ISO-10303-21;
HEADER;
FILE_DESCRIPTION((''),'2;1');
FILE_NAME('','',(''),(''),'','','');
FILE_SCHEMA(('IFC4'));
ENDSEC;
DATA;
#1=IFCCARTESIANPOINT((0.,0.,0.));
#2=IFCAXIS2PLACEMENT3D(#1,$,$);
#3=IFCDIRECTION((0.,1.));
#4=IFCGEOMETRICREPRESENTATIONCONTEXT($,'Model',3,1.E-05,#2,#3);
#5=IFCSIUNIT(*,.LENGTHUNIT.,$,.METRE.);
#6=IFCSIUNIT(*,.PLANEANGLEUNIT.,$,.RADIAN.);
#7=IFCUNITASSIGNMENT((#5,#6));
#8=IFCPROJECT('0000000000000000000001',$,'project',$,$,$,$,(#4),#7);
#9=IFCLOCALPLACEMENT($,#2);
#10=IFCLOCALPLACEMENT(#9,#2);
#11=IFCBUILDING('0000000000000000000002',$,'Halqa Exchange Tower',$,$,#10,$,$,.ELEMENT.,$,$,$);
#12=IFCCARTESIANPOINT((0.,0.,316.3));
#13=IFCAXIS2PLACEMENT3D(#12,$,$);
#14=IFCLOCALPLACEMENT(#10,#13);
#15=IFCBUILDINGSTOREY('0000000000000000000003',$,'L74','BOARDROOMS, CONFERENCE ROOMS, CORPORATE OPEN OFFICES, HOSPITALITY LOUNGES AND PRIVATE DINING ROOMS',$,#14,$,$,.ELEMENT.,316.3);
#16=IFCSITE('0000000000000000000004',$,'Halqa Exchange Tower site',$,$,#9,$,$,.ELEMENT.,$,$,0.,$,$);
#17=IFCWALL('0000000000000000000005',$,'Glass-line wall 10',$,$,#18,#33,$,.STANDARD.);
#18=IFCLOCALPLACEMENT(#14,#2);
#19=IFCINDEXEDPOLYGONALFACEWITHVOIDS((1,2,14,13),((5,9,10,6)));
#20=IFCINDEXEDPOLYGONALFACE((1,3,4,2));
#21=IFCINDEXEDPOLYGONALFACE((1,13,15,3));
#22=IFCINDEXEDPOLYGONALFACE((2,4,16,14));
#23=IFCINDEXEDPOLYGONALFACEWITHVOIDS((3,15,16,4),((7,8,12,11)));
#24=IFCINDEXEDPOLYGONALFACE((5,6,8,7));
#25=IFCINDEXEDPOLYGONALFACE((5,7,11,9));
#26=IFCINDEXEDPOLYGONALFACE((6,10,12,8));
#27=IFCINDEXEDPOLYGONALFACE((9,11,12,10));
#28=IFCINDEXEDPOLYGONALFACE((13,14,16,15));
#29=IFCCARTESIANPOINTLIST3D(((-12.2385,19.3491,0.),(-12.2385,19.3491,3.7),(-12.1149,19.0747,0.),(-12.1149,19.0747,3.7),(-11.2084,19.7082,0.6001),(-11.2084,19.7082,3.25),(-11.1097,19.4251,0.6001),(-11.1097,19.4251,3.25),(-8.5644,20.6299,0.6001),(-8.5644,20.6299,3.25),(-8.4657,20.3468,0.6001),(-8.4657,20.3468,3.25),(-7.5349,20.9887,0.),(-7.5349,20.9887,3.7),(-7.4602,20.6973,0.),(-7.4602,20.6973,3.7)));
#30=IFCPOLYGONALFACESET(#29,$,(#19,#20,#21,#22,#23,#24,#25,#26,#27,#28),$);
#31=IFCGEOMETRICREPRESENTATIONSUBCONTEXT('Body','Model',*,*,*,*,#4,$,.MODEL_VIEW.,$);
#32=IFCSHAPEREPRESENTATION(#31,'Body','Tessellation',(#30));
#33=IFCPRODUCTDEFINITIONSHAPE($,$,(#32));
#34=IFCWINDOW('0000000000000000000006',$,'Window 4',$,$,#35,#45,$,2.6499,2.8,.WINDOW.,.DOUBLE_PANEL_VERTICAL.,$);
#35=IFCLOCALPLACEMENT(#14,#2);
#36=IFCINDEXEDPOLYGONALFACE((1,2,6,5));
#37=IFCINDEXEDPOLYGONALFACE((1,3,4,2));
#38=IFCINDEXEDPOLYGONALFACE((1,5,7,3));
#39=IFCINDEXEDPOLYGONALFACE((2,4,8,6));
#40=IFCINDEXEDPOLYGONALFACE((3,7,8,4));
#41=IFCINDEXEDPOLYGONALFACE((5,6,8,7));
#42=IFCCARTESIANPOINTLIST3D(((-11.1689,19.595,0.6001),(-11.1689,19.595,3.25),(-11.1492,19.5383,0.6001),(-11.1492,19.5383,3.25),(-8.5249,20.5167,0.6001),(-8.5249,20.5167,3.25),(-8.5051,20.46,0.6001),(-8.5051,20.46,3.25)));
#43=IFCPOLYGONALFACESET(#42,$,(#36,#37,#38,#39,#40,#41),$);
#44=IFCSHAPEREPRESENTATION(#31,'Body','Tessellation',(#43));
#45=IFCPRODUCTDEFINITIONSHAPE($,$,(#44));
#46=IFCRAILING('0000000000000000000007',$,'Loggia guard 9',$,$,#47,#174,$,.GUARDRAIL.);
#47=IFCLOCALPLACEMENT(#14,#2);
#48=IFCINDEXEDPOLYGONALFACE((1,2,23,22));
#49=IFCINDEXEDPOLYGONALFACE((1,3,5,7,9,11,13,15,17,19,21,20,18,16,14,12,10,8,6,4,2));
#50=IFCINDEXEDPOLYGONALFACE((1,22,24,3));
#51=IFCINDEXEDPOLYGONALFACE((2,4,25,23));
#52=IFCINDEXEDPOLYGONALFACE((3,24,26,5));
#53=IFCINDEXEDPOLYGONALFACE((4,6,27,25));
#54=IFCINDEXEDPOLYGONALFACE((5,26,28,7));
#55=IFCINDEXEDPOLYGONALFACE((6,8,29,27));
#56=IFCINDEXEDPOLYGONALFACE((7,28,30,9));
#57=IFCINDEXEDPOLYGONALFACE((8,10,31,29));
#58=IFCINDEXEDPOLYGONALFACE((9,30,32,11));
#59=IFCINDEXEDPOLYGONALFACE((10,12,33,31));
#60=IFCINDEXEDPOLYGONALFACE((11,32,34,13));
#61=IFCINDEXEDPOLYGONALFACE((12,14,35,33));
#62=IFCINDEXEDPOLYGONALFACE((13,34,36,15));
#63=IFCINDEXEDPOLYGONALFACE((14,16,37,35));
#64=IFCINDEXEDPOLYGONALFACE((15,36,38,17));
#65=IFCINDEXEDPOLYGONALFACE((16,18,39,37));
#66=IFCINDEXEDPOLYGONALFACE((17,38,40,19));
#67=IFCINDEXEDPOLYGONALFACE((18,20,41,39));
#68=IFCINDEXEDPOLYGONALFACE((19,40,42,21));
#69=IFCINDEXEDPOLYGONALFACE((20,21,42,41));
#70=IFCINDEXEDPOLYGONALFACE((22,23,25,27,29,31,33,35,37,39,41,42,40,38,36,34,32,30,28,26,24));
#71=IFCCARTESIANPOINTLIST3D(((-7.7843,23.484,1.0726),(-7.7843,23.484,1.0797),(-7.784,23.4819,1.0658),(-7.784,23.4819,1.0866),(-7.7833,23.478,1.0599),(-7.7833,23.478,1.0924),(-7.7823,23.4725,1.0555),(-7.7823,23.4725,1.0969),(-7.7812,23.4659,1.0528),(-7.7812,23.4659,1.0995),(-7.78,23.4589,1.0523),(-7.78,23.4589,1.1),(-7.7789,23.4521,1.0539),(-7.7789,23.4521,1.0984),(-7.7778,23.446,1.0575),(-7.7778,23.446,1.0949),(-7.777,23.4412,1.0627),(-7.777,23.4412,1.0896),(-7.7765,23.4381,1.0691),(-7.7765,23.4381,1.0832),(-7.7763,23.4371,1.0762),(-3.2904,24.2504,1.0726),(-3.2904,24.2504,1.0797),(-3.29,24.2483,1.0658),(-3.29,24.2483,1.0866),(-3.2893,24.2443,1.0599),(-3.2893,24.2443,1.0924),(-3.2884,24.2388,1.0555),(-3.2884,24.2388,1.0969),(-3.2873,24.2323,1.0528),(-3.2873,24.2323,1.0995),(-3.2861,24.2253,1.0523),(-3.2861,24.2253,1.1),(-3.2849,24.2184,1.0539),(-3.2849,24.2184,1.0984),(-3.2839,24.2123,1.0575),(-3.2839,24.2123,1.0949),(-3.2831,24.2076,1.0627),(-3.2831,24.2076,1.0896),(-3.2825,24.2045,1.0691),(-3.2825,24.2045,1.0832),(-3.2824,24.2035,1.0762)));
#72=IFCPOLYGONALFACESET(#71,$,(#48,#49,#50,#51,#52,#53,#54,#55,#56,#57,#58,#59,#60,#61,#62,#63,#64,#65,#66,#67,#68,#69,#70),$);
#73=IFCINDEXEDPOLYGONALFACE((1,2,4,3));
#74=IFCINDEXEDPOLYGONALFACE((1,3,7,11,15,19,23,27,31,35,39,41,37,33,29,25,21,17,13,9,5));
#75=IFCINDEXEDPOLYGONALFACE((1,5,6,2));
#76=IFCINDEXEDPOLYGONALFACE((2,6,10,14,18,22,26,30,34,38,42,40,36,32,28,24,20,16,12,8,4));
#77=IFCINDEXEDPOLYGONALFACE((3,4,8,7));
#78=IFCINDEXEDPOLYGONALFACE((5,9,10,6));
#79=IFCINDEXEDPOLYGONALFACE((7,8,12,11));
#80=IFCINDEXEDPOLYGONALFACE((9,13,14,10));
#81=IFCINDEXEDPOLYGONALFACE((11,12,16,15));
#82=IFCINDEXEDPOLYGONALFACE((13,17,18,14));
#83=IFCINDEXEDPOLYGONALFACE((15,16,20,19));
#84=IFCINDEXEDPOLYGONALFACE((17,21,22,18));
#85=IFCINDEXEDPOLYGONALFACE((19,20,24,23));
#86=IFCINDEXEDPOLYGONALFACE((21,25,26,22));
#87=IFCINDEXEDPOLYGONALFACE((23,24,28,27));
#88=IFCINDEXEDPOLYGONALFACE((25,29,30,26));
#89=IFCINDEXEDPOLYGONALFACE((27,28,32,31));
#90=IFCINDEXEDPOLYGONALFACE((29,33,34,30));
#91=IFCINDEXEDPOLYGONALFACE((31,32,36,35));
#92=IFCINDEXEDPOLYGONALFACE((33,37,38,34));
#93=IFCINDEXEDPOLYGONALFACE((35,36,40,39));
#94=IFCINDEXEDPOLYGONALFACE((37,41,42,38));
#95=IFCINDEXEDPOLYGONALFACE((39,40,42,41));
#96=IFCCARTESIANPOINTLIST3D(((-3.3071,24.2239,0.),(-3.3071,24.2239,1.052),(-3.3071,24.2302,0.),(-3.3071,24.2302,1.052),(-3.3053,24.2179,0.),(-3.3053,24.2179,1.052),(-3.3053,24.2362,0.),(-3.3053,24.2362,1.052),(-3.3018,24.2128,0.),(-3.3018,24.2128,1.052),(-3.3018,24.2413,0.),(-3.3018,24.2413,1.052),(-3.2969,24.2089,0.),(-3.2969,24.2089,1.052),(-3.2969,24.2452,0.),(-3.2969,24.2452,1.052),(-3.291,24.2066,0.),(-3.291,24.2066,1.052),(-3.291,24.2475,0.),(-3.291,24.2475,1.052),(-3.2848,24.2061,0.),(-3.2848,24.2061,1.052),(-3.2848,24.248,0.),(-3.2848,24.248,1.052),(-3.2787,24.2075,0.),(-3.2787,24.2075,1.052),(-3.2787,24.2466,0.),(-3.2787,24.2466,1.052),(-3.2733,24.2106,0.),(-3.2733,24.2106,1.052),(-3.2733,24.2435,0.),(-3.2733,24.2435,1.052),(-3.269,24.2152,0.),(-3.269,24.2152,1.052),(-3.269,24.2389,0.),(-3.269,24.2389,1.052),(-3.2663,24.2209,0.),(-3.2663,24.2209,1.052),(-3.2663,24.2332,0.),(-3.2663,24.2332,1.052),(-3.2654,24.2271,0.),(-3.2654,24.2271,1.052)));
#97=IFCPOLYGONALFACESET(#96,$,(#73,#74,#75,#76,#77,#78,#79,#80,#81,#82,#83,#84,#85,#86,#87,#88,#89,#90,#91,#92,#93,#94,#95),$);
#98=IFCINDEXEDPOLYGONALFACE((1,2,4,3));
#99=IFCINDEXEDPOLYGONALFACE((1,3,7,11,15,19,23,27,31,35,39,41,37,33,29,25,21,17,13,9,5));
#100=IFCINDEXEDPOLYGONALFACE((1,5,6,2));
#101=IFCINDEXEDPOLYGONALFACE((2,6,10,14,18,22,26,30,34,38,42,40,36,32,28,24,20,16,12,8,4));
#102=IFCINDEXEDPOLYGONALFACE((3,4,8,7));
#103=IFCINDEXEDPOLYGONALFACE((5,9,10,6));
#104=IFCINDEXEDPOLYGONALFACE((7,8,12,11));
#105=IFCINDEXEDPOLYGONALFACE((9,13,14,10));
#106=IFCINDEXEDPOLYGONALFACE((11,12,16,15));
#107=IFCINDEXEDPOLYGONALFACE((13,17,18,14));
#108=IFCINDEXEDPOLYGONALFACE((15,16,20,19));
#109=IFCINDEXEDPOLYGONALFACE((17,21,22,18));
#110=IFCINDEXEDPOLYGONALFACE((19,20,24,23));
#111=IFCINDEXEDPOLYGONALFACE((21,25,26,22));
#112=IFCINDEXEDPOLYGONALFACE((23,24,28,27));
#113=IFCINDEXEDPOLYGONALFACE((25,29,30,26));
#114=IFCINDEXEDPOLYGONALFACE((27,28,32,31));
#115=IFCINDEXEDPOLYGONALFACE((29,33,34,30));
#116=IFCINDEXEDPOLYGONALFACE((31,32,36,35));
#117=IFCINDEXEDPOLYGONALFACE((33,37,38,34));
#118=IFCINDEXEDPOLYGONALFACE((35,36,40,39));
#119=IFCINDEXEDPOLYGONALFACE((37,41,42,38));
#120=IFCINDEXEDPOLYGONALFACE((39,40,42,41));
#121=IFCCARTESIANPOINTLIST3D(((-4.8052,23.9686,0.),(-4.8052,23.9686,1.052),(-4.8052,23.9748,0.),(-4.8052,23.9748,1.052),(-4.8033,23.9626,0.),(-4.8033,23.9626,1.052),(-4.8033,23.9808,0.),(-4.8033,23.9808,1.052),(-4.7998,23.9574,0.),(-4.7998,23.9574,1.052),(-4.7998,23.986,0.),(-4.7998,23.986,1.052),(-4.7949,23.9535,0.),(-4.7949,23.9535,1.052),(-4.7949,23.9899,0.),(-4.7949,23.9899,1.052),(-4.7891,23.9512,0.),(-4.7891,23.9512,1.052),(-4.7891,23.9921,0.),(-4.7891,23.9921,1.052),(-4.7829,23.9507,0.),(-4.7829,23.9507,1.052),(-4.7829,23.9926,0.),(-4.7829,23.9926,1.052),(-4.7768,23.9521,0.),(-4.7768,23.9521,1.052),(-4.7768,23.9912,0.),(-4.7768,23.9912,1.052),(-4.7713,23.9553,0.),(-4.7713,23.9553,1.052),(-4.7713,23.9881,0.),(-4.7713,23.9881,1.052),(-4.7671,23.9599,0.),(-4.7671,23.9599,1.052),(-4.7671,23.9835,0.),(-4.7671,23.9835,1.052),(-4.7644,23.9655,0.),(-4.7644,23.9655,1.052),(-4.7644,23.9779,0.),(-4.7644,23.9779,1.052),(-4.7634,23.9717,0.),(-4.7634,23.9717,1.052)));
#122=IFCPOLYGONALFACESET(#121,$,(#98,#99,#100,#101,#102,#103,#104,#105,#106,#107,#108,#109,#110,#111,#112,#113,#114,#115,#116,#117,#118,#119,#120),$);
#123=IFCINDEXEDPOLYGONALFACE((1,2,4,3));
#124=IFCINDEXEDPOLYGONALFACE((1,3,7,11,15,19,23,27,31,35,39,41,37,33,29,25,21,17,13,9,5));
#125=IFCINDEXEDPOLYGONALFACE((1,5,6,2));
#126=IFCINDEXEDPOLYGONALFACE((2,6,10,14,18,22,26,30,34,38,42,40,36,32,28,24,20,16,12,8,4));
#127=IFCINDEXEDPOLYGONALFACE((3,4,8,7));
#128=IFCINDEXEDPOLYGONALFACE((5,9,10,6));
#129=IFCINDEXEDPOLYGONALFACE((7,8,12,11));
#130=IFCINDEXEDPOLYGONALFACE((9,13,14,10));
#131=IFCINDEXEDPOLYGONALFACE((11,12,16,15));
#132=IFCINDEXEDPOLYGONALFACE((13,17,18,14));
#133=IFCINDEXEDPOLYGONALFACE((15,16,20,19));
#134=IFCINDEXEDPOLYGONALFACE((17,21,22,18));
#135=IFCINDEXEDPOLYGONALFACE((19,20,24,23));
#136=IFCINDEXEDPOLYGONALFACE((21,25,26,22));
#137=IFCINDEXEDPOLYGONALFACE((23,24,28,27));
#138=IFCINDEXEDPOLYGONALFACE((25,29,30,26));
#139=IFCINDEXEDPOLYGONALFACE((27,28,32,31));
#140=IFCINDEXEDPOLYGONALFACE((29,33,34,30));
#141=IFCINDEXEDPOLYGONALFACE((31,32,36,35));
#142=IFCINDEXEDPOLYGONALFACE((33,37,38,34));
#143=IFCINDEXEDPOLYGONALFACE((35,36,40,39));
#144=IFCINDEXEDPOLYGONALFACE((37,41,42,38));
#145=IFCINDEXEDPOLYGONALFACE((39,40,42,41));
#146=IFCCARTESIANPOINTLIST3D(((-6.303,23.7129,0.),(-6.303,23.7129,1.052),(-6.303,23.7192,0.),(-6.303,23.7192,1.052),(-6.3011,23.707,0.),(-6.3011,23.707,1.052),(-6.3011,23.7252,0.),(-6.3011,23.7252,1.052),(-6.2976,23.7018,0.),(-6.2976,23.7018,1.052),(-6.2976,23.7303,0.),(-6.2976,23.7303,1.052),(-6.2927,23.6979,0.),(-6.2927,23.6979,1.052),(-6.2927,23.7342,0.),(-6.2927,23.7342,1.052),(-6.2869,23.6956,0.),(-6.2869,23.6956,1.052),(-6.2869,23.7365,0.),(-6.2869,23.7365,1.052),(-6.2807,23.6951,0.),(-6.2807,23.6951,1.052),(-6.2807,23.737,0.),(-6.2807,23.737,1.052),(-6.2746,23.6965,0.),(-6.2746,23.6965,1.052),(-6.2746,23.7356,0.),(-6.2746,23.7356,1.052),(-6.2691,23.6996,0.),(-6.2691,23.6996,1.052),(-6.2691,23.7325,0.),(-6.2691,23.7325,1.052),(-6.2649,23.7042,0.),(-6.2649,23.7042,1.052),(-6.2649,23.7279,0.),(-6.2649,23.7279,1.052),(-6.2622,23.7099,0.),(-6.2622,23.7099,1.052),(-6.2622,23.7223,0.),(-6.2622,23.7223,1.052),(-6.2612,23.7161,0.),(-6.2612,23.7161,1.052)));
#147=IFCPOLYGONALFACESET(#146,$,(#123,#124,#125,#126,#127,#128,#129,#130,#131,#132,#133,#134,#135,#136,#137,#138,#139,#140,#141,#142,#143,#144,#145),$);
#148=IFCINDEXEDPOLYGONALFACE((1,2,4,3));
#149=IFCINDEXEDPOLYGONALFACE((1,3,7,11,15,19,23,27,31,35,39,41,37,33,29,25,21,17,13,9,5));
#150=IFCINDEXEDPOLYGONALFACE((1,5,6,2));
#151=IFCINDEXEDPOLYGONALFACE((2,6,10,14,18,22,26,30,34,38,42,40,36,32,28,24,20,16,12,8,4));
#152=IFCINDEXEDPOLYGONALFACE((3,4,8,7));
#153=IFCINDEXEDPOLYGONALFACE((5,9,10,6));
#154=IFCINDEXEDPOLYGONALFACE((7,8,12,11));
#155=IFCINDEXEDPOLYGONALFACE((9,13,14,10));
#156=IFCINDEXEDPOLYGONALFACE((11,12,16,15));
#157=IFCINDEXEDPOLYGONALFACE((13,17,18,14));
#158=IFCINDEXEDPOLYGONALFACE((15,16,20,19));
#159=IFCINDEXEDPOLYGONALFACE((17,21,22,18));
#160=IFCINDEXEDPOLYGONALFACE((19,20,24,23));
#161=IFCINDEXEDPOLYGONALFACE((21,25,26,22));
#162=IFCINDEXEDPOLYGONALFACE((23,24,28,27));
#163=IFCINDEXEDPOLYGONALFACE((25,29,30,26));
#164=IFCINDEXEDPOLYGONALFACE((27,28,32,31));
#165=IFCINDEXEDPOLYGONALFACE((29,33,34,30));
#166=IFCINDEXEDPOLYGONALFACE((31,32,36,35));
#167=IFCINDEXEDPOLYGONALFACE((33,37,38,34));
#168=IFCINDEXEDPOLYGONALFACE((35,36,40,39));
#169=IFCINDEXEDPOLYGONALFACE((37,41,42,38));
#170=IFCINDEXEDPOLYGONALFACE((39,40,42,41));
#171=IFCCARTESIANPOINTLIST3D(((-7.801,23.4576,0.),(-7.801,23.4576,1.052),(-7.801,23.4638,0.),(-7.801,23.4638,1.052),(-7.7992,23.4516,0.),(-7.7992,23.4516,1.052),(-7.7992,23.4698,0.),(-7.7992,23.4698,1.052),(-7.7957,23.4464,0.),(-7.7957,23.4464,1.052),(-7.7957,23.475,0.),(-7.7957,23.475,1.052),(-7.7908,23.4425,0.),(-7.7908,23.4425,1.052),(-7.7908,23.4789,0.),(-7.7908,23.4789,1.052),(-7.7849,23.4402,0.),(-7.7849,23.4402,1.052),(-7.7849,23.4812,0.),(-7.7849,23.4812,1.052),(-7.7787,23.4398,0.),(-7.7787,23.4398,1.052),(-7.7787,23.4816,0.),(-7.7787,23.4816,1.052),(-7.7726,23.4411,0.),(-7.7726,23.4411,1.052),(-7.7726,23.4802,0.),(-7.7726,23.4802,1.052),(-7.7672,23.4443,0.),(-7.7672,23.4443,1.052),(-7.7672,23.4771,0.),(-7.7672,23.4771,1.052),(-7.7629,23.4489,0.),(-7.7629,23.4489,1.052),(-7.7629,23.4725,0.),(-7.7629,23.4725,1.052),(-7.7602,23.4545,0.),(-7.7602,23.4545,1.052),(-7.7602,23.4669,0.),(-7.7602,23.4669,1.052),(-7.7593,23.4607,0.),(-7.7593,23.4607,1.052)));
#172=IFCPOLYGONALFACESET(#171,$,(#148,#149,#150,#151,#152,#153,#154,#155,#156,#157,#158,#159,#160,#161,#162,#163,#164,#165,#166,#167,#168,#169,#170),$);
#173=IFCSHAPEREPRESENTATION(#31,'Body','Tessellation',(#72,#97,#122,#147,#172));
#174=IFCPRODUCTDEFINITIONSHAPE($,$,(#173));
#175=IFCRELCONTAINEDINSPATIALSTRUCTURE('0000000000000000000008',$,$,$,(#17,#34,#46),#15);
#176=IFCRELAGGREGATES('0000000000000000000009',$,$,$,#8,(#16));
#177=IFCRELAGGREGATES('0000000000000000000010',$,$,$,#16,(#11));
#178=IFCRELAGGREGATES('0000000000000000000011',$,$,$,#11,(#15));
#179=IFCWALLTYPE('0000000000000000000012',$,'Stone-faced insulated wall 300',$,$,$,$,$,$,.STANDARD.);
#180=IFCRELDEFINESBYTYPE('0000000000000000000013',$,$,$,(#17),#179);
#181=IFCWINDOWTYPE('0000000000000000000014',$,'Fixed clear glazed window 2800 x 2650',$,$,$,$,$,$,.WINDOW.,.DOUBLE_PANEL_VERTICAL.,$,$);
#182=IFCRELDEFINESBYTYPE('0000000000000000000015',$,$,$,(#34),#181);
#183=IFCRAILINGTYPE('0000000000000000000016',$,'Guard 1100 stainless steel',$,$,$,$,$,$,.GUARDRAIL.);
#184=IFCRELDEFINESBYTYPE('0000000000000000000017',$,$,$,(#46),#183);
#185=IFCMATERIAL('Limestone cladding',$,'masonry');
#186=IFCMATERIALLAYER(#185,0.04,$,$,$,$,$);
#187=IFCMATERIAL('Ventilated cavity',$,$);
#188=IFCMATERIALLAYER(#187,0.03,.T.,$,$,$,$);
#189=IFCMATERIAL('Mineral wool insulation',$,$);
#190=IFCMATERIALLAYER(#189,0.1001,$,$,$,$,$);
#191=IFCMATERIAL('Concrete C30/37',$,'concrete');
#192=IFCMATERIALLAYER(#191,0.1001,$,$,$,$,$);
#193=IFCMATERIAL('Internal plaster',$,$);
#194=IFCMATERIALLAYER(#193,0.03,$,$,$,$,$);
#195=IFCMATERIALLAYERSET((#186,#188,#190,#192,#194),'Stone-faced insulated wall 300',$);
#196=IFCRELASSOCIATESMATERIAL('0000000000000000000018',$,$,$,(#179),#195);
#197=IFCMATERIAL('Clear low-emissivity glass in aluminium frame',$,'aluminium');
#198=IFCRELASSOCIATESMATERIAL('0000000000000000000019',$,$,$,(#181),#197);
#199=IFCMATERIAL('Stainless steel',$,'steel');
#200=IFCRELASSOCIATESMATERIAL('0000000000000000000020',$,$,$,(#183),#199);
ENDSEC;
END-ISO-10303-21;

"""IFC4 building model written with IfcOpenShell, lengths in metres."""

from ifc_helpers import new_model, si_unit, direction, frame, frame_2d, origin, origin_2d, place, context, subcontext, project, spatial, polyline, rectangle, circle, outline, extrude, material, layer, layer_set, type_object, element, fill, save


model = new_model("IFC4")

# Units and contexts
model_context = context("Model", 3, precision=1e-05, world=origin(), true_north=direction((0.0, 1.0)))
body_context = subcontext(model_context, "Body", "Model", "MODEL_VIEW")
ifc_project = project(units=[si_unit("LENGTHUNIT", "METRE"), si_unit("PLANEANGLEUNIT", "RADIAN")], contexts=[model_context])

# Site, building, storey
site_placement = place(None, origin())
site = spatial("IfcSite", under=ifc_project, at=site_placement, Name="Halqa Exchange Tower site", CompositionType="ELEMENT", RefElevation=0.0)
building_placement = place(site_placement, origin())
building = spatial("IfcBuilding", under=site, at=building_placement, Name="Halqa Exchange Tower", CompositionType="ELEMENT")
storey_placement = place(building_placement, frame((0.0, 0.0, 316.3)))
storey = spatial("IfcBuildingStorey", under=building, at=storey_placement, Name="L74", Description="BOARDROOMS, CONFERENCE ROOMS, CORPORATE OPEN OFFICES, HOSPITALITY LOUNGES AND PRIVATE DINING ROOMS", CompositionType="ELEMENT", Elevation=316.3)

# Shared definitions
ifc_material_1 = material(Name="Concrete C30/37", Category="concrete")

# Wall, opening, window
ifc_material_2 = material(Name="Limestone cladding", Category="masonry")
ifc_layer_1 = layer(ifc_material_2, 0.04)
ifc_material_3 = material(Name="Ventilated cavity")
ifc_layer_2 = layer(ifc_material_3, 0.03, ventilated=True)
ifc_material_4 = material(Name="Mineral wool insulation")
ifc_layer_3 = layer(ifc_material_4, 0.1001)
ifc_layer_4 = layer(ifc_material_1, 0.1001)
ifc_material_5 = material(Name="Internal plaster")
ifc_layer_5 = layer(ifc_material_5, 0.03)
ifc_layer_set_1 = layer_set([ifc_layer_1, ifc_layer_2, ifc_layer_3, ifc_layer_4, ifc_layer_5], Name="Stone-faced insulated wall 300")
wall_type_1 = type_object("IfcWallType", Name="Stone-faced insulated wall 300", PredefinedType="STANDARD", material=ifc_layer_set_1)
ifc_material_6 = material(Name="Clear low-emissivity glass in aluminium frame", Category="aluminium")
window_type = type_object("IfcWindowType", Name="Fixed clear glazed window 2800 x 2650", PartitioningType="DOUBLE_PANEL_VERTICAL", PredefinedType="WINDOW", material=ifc_material_6)
wall_1_placement = place(storey_placement, frame((-7.4976, 20.843, 0.0), z_axis=(0.0, 0.0, 1.0), x_axis=(-0.944274, -0.329161, 0.0)))
wall_1 = element("IfcWall", 1, at=wall_1_placement, inside=storey, type_object=wall_type_1, Name="Glass-line wall 10", PredefinedType="STANDARD", context=body_context, shape_type="SweptSolid", body=[
    extrude(outline(polyline([(-0.0127, -0.1499), (4.9685, -0.1499), (4.9421, 0.1499), (0.0127, 0.1499), (-0.0127, -0.1499)])), origin(), (0.0, 0.0, 1.0), 3.7),
])
opening_1_placement = place(wall_1_placement, frame((1.0776, 0.0, 0.6001)))
opening_1 = element("IfcOpeningElement", 2, at=opening_1_placement, cuts=wall_1, PredefinedType="OPENING", context=body_context, shape_type="SweptSolid", body=[
    extrude(rectangle(XDim=2.8, YDim=2.6499, at=frame_2d((1.3999, 1.325))), frame((0.0, 0.1621, 0.0), z_axis=(0.0, -1.0, 0.0), x_axis=(1.0, 0.0, 0.0)), (0.0, 0.0, 1.0), 0.324),
])
window_1_placement = place(opening_1_placement, origin())
window_1 = element("IfcWindow", 3, at=window_1_placement, inside=storey, type_object=window_type, Name="Window 4", OverallHeight=2.6499, OverallWidth=2.8, PartitioningType="DOUBLE_PANEL_VERTICAL", PredefinedType="WINDOW", context=body_context, shape_type="SweptSolid", body=[
    extrude(rectangle(XDim=2.8, YDim=2.6499, at=frame_2d((1.3999, 1.325))), frame((0.0, 0.03, 0.0), z_axis=(0.0, -1.0, 0.0), x_axis=(1.0, 0.0, 0.0)), (0.0, 0.0, 1.0), 0.0601),
])
fill(opening_1, window_1)

# Railing
ifc_material_7 = material(Name="Stainless steel", Category="steel")
railing_type = type_object("IfcRailingType", Name="Guard 1100 stainless steel", PredefinedType="GUARDRAIL", material=ifc_material_7)
railing_1_placement = place(storey_placement, frame((-3.2864, 24.2271, 0.0)))
element("IfcRailing", 4, at=railing_1_placement, inside=storey, type_object=railing_type, Name="Loggia guard 9", PredefinedType="GUARDRAIL", context=body_context, shape_type="SweptSolid", body=[
    extrude(circle(Radius=0.0239, at=origin_2d()), frame((0.0, 0.0, 1.0762), z_axis=(-0.985769, -0.168106, 0.0), x_axis=(0.168106, -0.985769, 0.0)), (0.0, 0.0, 1.0), 4.5588),
    extrude(circle(Radius=0.021, at=origin_2d()), origin(), (0.0, 0.0, 1.0), 1.052),
    extrude(circle(Radius=0.021, at=origin_2d()), frame((-1.498, -0.2554, 0.0)), (0.0, 0.0, 1.0), 1.052),
    extrude(circle(Radius=0.021, at=origin_2d()), frame((-2.9958, -0.511, 0.0)), (0.0, 0.0, 1.0), 1.052),
    extrude(circle(Radius=0.021, at=origin_2d()), frame((-4.4939, -0.7664, 0.0)), (0.0, 0.0, 1.0), 1.052),
])

save(model, "model.ifc")
